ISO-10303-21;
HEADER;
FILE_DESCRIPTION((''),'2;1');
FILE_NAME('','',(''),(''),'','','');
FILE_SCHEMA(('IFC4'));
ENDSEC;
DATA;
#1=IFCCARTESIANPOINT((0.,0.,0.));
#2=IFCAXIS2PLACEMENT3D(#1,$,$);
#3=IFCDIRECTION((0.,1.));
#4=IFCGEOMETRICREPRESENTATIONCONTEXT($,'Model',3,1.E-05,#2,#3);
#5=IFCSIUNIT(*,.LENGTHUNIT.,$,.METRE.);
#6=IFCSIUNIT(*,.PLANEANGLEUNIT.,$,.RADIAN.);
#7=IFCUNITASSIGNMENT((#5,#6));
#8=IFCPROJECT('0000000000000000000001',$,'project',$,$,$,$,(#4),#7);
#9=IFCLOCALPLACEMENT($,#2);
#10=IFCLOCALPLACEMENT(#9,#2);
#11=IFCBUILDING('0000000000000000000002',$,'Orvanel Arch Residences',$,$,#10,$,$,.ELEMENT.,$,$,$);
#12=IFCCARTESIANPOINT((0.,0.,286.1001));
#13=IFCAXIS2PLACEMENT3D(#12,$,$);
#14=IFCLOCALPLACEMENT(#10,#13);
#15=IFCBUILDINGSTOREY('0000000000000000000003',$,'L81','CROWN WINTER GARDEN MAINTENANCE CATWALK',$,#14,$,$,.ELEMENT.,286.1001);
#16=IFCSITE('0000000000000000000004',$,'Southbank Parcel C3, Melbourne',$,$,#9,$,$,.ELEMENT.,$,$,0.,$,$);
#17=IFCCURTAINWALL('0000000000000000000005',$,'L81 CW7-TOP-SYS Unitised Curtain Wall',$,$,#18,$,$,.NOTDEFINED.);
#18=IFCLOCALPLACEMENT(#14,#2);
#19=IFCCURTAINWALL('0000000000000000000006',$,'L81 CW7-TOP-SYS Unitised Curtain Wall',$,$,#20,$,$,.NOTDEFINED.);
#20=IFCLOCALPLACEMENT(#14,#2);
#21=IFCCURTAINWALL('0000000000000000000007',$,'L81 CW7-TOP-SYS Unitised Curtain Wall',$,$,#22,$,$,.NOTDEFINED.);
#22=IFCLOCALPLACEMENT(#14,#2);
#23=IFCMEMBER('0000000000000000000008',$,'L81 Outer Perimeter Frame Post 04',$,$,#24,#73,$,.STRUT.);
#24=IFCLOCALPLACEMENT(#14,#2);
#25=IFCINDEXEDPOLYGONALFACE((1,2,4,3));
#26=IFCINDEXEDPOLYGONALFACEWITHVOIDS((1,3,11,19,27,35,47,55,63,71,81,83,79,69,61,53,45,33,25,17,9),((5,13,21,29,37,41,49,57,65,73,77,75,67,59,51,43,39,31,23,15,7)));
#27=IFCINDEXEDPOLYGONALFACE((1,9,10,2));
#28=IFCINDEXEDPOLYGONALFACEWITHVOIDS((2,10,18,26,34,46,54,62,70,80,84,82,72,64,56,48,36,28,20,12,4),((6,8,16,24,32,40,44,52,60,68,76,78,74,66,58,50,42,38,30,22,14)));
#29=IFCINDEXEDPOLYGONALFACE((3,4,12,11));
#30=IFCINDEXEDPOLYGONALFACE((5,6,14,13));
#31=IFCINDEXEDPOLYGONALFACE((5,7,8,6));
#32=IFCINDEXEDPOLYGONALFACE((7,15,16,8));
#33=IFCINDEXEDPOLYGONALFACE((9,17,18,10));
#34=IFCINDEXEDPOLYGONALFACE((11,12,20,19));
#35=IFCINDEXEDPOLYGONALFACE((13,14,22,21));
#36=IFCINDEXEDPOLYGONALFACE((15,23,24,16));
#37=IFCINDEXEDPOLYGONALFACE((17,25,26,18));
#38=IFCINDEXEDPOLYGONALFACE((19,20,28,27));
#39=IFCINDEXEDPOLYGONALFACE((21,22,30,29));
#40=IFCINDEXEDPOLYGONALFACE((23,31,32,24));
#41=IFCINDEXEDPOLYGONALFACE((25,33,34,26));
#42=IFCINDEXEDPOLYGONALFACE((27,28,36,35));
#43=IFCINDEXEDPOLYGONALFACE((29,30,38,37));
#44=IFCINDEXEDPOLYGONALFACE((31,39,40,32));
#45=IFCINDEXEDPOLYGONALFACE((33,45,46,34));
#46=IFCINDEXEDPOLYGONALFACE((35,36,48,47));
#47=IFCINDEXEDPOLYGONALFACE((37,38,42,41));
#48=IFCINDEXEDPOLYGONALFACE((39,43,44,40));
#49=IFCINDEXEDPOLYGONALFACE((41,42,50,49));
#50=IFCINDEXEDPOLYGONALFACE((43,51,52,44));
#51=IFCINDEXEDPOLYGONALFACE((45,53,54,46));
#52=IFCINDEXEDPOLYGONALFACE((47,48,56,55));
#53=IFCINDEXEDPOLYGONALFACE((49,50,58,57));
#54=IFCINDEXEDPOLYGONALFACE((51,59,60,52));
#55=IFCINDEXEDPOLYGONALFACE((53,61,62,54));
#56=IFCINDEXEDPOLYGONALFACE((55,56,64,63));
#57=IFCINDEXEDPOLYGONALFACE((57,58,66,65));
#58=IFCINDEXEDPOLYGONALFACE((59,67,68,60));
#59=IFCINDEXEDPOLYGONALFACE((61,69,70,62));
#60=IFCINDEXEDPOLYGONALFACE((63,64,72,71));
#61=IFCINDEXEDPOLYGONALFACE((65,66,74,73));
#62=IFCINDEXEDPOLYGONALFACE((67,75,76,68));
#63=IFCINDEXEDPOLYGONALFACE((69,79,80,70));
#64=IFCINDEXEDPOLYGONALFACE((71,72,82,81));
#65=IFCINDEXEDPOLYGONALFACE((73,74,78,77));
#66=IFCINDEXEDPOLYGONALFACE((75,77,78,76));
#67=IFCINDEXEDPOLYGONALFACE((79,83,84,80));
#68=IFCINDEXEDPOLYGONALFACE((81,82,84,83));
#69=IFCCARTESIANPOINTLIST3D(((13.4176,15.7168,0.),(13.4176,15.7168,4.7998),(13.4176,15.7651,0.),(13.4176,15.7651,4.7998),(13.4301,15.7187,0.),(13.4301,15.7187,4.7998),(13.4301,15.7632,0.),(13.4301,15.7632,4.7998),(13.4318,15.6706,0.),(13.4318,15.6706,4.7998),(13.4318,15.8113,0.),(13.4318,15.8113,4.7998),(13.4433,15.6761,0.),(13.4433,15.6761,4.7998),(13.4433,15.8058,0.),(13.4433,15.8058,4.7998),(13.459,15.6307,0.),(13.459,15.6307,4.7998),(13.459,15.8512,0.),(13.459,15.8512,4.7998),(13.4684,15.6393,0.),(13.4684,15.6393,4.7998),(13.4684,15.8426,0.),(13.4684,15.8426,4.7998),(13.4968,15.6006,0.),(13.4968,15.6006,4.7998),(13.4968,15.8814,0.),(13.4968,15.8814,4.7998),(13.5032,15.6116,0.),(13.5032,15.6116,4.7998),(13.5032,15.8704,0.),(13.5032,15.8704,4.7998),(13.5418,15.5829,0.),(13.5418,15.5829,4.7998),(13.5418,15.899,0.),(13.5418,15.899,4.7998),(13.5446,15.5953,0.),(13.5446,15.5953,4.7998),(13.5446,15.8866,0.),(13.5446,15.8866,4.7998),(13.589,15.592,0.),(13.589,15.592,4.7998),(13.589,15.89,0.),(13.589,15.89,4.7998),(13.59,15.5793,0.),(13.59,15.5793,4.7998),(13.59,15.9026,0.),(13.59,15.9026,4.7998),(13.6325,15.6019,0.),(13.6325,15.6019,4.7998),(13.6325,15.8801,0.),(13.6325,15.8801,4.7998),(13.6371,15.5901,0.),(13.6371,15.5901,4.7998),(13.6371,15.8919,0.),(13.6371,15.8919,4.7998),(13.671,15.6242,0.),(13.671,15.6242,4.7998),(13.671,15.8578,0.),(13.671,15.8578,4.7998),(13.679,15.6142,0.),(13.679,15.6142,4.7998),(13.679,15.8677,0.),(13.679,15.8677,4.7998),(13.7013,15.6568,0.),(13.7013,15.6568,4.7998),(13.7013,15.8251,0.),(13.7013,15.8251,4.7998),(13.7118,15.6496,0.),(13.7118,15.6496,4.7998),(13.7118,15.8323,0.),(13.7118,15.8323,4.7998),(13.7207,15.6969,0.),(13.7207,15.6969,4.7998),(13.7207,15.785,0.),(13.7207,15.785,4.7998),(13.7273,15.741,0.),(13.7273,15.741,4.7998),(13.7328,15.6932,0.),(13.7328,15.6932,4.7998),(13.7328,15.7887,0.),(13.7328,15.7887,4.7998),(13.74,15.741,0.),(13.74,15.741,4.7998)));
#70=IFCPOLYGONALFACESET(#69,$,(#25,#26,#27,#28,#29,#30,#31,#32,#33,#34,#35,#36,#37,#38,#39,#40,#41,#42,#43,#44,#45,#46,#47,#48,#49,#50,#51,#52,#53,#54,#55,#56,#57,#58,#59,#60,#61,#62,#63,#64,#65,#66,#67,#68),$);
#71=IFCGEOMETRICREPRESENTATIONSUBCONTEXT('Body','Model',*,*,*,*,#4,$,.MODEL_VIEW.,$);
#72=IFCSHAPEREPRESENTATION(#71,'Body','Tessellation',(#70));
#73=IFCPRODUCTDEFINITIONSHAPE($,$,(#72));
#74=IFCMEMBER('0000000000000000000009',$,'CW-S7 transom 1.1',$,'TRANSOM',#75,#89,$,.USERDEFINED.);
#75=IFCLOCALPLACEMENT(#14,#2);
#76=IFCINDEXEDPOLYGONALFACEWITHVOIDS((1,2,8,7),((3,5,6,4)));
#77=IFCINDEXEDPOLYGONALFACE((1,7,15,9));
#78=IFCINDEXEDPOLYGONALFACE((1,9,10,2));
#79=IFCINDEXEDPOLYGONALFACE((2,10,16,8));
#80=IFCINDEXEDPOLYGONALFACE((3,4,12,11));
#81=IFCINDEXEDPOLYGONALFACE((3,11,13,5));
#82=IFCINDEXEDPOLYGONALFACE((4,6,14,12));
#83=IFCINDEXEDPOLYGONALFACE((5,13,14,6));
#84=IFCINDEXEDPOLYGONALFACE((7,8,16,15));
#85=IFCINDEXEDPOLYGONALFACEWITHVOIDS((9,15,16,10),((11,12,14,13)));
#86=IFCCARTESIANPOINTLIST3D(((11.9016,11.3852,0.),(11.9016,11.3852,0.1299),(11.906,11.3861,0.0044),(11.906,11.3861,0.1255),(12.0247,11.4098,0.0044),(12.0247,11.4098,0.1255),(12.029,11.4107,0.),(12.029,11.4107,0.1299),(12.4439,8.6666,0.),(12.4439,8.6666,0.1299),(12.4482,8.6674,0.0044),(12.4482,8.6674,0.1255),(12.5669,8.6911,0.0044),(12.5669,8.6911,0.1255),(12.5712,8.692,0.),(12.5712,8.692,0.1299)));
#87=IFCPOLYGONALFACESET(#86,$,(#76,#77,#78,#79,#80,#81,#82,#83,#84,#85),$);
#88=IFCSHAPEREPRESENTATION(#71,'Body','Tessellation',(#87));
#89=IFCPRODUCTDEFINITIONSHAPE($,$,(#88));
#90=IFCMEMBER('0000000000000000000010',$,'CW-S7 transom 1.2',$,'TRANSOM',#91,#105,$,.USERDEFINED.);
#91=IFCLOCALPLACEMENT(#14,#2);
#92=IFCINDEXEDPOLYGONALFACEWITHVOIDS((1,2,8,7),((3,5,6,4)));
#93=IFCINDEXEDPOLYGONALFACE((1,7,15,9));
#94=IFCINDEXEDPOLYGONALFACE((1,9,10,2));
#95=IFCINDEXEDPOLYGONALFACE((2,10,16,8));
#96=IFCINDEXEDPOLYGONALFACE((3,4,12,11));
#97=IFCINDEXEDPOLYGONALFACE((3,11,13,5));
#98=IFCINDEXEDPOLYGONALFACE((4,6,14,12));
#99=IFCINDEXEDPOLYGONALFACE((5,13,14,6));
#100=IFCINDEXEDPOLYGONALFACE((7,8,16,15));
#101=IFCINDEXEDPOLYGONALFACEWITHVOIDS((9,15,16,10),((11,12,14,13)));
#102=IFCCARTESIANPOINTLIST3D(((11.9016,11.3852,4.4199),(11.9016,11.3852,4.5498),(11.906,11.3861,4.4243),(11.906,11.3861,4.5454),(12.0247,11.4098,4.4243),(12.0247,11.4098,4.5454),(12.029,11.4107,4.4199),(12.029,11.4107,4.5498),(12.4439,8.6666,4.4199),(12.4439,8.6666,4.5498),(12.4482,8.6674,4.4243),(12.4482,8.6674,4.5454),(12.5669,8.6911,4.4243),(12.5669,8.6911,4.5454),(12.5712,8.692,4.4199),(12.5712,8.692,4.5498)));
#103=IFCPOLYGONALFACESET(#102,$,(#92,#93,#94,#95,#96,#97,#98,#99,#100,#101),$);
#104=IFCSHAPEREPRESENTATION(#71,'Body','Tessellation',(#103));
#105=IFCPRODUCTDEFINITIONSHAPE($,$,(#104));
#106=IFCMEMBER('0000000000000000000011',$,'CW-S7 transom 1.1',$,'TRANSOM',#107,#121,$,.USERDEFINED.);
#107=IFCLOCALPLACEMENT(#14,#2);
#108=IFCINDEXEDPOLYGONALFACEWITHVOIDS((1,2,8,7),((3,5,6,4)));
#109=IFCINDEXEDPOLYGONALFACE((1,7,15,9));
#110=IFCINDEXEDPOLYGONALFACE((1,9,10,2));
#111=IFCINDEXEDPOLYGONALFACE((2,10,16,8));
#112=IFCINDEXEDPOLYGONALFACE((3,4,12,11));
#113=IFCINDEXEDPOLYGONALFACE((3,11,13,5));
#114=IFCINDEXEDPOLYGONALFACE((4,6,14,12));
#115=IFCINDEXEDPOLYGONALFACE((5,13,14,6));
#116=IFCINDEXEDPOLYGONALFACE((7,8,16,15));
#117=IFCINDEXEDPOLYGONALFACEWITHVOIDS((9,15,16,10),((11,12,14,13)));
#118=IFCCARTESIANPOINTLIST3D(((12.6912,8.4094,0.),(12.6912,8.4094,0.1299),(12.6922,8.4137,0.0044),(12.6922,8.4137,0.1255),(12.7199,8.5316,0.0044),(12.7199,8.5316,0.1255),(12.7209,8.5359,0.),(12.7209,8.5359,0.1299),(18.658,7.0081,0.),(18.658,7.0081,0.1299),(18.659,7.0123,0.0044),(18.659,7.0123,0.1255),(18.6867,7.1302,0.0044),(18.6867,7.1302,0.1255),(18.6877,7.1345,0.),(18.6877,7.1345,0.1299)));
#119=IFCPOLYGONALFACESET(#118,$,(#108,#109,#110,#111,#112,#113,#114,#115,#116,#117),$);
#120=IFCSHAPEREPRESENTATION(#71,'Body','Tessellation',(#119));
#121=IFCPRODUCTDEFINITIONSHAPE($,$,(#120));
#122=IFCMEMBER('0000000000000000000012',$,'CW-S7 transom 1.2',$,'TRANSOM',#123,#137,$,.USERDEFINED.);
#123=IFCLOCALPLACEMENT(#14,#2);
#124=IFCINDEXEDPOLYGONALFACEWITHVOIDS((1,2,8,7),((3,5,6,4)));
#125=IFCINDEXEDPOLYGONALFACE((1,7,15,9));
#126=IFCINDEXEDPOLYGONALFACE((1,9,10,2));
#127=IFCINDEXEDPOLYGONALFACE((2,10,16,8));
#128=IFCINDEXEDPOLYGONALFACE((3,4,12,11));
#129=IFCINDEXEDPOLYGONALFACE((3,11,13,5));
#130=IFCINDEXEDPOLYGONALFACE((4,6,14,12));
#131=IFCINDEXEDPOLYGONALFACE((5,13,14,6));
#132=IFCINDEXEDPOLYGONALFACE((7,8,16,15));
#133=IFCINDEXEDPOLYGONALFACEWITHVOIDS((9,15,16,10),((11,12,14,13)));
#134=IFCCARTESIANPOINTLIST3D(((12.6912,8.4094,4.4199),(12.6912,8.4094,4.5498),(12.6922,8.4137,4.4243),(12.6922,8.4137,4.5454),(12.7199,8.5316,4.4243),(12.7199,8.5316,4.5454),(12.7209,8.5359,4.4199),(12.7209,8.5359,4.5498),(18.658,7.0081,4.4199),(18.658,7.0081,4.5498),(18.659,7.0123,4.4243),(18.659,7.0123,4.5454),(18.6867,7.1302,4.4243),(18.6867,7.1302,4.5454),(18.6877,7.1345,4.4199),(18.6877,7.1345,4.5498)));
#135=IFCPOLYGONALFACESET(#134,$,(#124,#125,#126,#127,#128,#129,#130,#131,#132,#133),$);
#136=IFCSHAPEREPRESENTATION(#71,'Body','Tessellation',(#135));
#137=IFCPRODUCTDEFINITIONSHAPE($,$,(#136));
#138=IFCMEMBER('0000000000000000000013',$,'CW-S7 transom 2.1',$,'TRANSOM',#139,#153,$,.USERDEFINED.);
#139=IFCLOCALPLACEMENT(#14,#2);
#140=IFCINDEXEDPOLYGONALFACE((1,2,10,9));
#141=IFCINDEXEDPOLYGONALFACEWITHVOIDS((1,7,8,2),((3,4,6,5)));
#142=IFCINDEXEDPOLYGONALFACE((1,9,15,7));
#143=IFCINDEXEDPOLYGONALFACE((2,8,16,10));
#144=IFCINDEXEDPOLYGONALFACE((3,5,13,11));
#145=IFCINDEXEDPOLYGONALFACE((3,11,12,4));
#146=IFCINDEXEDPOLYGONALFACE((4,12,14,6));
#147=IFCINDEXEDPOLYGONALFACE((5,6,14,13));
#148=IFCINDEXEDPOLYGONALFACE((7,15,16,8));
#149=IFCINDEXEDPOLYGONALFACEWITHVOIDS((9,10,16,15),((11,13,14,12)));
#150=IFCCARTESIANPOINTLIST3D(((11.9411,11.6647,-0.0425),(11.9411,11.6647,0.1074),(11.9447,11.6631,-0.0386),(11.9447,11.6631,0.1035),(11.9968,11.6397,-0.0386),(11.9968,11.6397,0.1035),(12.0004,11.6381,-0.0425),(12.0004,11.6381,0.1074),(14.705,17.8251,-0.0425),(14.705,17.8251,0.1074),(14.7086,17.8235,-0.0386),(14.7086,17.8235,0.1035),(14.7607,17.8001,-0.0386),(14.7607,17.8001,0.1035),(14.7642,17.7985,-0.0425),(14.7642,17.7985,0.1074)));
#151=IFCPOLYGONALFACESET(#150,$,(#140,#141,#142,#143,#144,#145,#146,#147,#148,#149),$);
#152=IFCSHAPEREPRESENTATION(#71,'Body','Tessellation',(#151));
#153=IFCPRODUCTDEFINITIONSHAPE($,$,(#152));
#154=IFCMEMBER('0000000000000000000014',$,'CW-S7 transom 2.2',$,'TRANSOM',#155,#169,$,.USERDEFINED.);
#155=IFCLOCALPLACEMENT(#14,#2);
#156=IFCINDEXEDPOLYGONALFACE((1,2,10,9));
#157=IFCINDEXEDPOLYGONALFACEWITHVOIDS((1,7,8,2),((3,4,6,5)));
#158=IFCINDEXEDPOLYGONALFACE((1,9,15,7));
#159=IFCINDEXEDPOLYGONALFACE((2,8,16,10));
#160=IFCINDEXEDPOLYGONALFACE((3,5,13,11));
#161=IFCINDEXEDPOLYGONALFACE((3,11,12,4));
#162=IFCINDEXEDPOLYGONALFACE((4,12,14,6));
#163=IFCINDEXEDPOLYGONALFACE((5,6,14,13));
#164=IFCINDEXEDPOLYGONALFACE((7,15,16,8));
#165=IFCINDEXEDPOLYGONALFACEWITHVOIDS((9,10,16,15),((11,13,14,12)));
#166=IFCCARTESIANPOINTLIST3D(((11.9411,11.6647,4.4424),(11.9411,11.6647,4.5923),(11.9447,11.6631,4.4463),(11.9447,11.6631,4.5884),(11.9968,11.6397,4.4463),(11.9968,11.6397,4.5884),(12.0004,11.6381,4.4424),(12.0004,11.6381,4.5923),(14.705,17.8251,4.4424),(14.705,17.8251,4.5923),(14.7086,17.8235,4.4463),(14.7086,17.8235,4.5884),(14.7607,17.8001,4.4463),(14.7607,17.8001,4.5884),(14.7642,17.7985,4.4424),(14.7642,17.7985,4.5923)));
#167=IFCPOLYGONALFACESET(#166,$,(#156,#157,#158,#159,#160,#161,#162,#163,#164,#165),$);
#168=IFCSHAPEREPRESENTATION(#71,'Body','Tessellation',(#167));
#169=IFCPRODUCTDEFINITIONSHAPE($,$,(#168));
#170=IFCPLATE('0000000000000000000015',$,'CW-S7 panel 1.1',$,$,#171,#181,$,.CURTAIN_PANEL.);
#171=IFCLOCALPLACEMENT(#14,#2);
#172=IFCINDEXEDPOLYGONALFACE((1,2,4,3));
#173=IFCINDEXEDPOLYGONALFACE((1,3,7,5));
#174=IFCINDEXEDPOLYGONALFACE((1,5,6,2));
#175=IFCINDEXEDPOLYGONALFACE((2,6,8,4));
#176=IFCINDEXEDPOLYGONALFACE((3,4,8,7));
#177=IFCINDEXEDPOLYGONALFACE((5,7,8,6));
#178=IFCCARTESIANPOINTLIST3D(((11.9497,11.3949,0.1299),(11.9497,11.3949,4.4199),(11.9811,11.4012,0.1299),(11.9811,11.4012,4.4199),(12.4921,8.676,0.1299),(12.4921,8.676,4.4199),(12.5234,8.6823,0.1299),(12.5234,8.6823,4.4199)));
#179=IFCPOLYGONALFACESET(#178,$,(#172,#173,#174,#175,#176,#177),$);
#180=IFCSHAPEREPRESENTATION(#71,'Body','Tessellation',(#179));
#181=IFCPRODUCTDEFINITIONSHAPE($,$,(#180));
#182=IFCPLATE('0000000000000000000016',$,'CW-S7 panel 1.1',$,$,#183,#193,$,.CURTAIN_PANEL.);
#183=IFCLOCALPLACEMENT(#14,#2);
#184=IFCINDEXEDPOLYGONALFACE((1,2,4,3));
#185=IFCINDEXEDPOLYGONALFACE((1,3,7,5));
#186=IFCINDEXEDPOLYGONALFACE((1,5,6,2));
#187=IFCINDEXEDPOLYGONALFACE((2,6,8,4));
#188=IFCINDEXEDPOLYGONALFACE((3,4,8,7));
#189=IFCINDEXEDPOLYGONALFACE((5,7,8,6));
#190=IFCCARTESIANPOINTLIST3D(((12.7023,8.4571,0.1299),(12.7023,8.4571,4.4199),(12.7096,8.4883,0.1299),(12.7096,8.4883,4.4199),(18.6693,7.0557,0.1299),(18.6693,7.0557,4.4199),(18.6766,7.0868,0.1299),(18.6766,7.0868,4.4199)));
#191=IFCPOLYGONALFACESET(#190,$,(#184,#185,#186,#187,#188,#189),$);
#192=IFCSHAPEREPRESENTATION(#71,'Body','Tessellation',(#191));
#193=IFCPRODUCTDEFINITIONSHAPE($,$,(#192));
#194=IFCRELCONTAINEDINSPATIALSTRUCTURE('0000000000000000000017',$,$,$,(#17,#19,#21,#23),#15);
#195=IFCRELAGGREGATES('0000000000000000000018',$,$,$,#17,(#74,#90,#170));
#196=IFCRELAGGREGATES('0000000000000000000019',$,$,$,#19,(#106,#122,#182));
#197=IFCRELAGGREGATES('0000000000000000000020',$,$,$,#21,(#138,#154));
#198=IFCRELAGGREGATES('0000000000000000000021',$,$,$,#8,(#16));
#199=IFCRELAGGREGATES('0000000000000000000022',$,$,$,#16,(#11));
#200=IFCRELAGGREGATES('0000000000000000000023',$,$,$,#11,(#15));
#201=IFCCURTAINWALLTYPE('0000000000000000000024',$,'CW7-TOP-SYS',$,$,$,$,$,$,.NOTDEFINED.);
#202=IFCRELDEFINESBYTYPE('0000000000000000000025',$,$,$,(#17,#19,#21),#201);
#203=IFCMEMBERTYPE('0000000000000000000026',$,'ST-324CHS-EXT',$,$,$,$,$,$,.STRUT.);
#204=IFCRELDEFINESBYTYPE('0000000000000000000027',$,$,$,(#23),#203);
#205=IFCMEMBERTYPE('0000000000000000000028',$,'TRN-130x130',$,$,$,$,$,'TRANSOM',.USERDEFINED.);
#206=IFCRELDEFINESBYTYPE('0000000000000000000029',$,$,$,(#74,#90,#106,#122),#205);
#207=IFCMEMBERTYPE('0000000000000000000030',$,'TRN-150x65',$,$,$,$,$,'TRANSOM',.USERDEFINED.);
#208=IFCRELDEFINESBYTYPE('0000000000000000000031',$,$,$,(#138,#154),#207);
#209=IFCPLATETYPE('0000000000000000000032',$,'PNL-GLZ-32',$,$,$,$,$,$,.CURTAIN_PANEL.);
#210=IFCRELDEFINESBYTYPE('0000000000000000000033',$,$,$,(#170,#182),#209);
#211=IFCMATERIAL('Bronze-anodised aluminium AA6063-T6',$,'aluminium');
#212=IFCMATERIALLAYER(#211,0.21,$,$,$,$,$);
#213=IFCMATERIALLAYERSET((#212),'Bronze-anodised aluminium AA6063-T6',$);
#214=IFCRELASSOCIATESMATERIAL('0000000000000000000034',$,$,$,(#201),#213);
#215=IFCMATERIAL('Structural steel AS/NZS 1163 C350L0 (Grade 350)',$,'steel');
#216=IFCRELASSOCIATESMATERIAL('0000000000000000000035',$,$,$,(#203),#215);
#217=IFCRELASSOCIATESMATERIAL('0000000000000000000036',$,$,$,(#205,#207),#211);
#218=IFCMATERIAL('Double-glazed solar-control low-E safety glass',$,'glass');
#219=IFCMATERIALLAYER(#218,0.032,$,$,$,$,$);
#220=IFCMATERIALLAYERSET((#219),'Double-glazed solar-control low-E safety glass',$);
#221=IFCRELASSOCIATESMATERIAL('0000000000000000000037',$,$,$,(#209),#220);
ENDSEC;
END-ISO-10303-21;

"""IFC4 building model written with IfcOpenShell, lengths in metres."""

from ifc_helpers import new_model, si_unit, direction, frame, origin, origin_2d, place, context, subcontext, project, spatial, rectangle, hollow_rectangle, hollow_circle, extrude, material, layer, layer_set, material_profile, profile_set, type_object, element, aggregate, save


model = new_model("IFC4")

# Units and contexts
model_context = context("Model", 3, precision=1e-05, world=origin(), true_north=direction((0.0, 1.0)))
body_context = subcontext(model_context, "Body", "Model", "MODEL_VIEW")
ifc_project = project(units=[si_unit("LENGTHUNIT", "METRE"), si_unit("PLANEANGLEUNIT", "RADIAN")], contexts=[model_context])

# Site, building, storey
site_placement = place(None, origin())
site = spatial("IfcSite", under=ifc_project, at=site_placement, Name="Southbank Parcel C3, Melbourne", CompositionType="ELEMENT", RefElevation=0.0)
building_placement = place(site_placement, origin())
building = spatial("IfcBuilding", under=site, at=building_placement, Name="Orvanel Arch Residences", CompositionType="ELEMENT")
storey_placement = place(building_placement, frame((0.0, 0.0, 286.1001)))
storey = spatial("IfcBuildingStorey", under=building, at=storey_placement, Name="L81", Description="CROWN WINTER GARDEN MAINTENANCE CATWALK", CompositionType="ELEMENT", Elevation=286.1001)

# Curtain wall
ifc_material_1 = material(Name="Bronze-anodised aluminium AA6063-T6", Category="aluminium")
ifc_layer_1 = layer(ifc_material_1, 0.21)
ifc_layer_set_1 = layer_set([ifc_layer_1], Name="Bronze-anodised aluminium AA6063-T6")
curtain_wall_type = type_object("IfcCurtainWallType", Name="CW7-TOP-SYS", PredefinedType="NOTDEFINED", material=ifc_layer_set_1)
curtain_wall_1_placement = place(storey_placement, origin())
curtain_wall_1 = element("IfcCurtainWall", 1, at=curtain_wall_1_placement, inside=storey, type_object=curtain_wall_type, Name="L81 CW7-TOP-SYS Unitised Curtain Wall", PredefinedType="NOTDEFINED")

# Curtain wall
curtain_wall_2_placement = place(storey_placement, origin())
curtain_wall_2 = element("IfcCurtainWall", 2, at=curtain_wall_2_placement, inside=storey, type_object=curtain_wall_type, Name="L81 CW7-TOP-SYS Unitised Curtain Wall", PredefinedType="NOTDEFINED")

# Curtain wall
curtain_wall_3_placement = place(storey_placement, origin())
curtain_wall_3 = element("IfcCurtainWall", 3, at=curtain_wall_3_placement, inside=storey, type_object=curtain_wall_type, Name="L81 CW7-TOP-SYS Unitised Curtain Wall", PredefinedType="NOTDEFINED")

# Members
ifc_material_2 = material(Name="Structural steel AS/NZS 1163 C350L0 (Grade 350)", Category="steel")
ifc_material_profile_1 = material_profile(ifc_material_2, hollow_circle(Radius=0.1621, WallThickness=0.0127, at=origin_2d()), Name="CHS324x12.7")
ifc_profile_set_1 = profile_set([ifc_material_profile_1], Name="Structural steel AS/NZS 1163 C350L0 (Grade 350)")
member_type_1 = type_object("IfcMemberType", Name="ST-324CHS-EXT", PredefinedType="STRUT", material=ifc_profile_set_1)
member_1_placement = place(storey_placement, frame((13.5779, 15.741, 0.0), z_axis=(0.0, 0.0, 1.0), x_axis=(1.0, 0.0, 0.0)))
element("IfcMember", 4, at=member_1_placement, inside=storey, type_object=member_type_1, Name="L81 Outer Perimeter Frame Post 04", PredefinedType="STRUT", context=body_context, shape_type="SweptSolid", body=[
    extrude(hollow_circle(Radius=0.1621, WallThickness=0.0127, at=origin_2d()), origin(), (0.0, 0.0, 1.0), 4.7998),
])
ifc_material_profile_2 = material_profile(ifc_material_1, hollow_rectangle(XDim=0.1299, YDim=0.1299, WallThickness=0.0044, at=origin_2d()), Name="ALU130x130x4.5")
ifc_profile_set_2 = profile_set([ifc_material_profile_2], Name="Bronze-anodised aluminium AA6063-T6")
member_type_2 = type_object("IfcMemberType", Name="TRN-130x130", ElementType="TRANSOM", PredefinedType="USERDEFINED", material=ifc_profile_set_2)
member_2_placement = place(storey_placement, frame((11.9653, 11.3979, 0.0649), z_axis=(0.195591, -0.980686, 0.0), x_axis=(0.980686, 0.195591, 0.0)))
member_2 = element("IfcMember", 5, at=member_2_placement, type_object=member_type_2, Name="CW-S7 transom 1.1", ObjectType="TRANSOM", PredefinedType="USERDEFINED", context=body_context, shape_type="SweptSolid", body=[
    extrude(hollow_rectangle(XDim=0.1299, YDim=0.1299, WallThickness=0.0044, at=origin_2d()), origin(), (0.0, 0.0, 1.0), 2.7722),
])
member_3_placement = place(storey_placement, frame((11.9653, 11.3979, 4.4849), z_axis=(0.195591, -0.980686, 0.0), x_axis=(0.980686, 0.195591, 0.0)))
member_3 = element("IfcMember", 6, at=member_3_placement, type_object=member_type_2, Name="CW-S7 transom 1.2", ObjectType="TRANSOM", PredefinedType="USERDEFINED", context=body_context, shape_type="SweptSolid", body=[
    extrude(hollow_rectangle(XDim=0.1299, YDim=0.1299, WallThickness=0.0044, at=origin_2d()), origin(), (0.0, 0.0, 1.0), 2.7722),
])
member_4_placement = place(storey_placement, frame((12.7061, 8.4727, 0.0649), z_axis=(0.973511, -0.22864, 0.0), x_axis=(0.22864, 0.973511, 0.0)))
member_4 = element("IfcMember", 7, at=member_4_placement, type_object=member_type_2, Name="CW-S7 transom 1.1", ObjectType="TRANSOM", PredefinedType="USERDEFINED", context=body_context, shape_type="SweptSolid", body=[
    extrude(hollow_rectangle(XDim=0.1299, YDim=0.1299, WallThickness=0.0044, at=origin_2d()), origin(), (0.0, 0.0, 1.0), 6.1292),
])
member_5_placement = place(storey_placement, frame((12.7061, 8.4727, 4.4849), z_axis=(0.973511, -0.22864, 0.0), x_axis=(0.22864, 0.973511, 0.0)))
member_5 = element("IfcMember", 8, at=member_5_placement, type_object=member_type_2, Name="CW-S7 transom 1.2", ObjectType="TRANSOM", PredefinedType="USERDEFINED", context=body_context, shape_type="SweptSolid", body=[
    extrude(hollow_rectangle(XDim=0.1299, YDim=0.1299, WallThickness=0.0044, at=origin_2d()), origin(), (0.0, 0.0, 1.0), 6.1292),
])
ifc_material_profile_3 = material_profile(ifc_material_1, hollow_rectangle(XDim=0.0649, YDim=0.1499, WallThickness=0.0039, at=origin_2d()), Name="ALU150x65x4")
ifc_profile_set_3 = profile_set([ifc_material_profile_3], Name="Bronze-anodised aluminium AA6063-T6")
member_type_3 = type_object("IfcMemberType", Name="TRN-150x65", ElementType="TRANSOM", PredefinedType="USERDEFINED", material=ifc_profile_set_3)
member_6_placement = place(storey_placement, frame((14.7346, 17.8118, 0.0325), z_axis=(-0.409347, -0.912379, 0.0), x_axis=(0.912379, -0.409347, 0.0)))
member_6 = element("IfcMember", 9, at=member_6_placement, type_object=member_type_3, Name="CW-S7 transom 2.1", ObjectType="TRANSOM", PredefinedType="USERDEFINED", context=body_context, shape_type="SweptSolid", body=[
    extrude(hollow_rectangle(XDim=0.0649, YDim=0.1499, WallThickness=0.0039, at=origin_2d()), origin(), (0.0, 0.0, 1.0), 6.752),
])
member_7_placement = place(storey_placement, frame((14.7346, 17.8118, 4.5173), z_axis=(-0.409347, -0.912379, 0.0), x_axis=(0.912379, -0.409347, 0.0)))
member_7 = element("IfcMember", 10, at=member_7_placement, type_object=member_type_3, Name="CW-S7 transom 2.2", ObjectType="TRANSOM", PredefinedType="USERDEFINED", context=body_context, shape_type="SweptSolid", body=[
    extrude(hollow_rectangle(XDim=0.0649, YDim=0.1499, WallThickness=0.0039, at=origin_2d()), origin(), (0.0, 0.0, 1.0), 6.752),
])

# Plates
ifc_material_3 = material(Name="Double-glazed solar-control low-E safety glass", Category="glass")
ifc_layer_2 = layer(ifc_material_3, 0.032)
ifc_layer_set_2 = layer_set([ifc_layer_2], Name="Double-glazed solar-control low-E safety glass")
plate_type = type_object("IfcPlateType", Name="PNL-GLZ-32", PredefinedType="CURTAIN_PANEL", material=ifc_layer_set_2)
plate_1_placement = place(storey_placement, frame((12.2366, 10.0386, 0.1299), z_axis=(0.0, 0.0, 1.0), x_axis=(0.195615, -0.980681, 0.0)))
plate_1 = element("IfcPlate", 11, at=plate_1_placement, type_object=plate_type, Name="CW-S7 panel 1.1", PredefinedType="CURTAIN_PANEL", context=body_context, shape_type="SweptSolid", body=[
    extrude(rectangle(XDim=2.7725, YDim=0.032, at=origin_2d()), origin(), (0.0, 0.0, 1.0), 4.29),
])
aggregate(curtain_wall_1, [member_2, member_3, plate_1])
plate_2_placement = place(storey_placement, frame((15.6895, 7.772, 0.1299), z_axis=(0.0, 0.0, 1.0), x_axis=(0.973511, -0.228641, 0.0)))
plate_2 = element("IfcPlate", 12, at=plate_2_placement, type_object=plate_type, Name="CW-S7 panel 1.1", PredefinedType="CURTAIN_PANEL", context=body_context, shape_type="SweptSolid", body=[
    extrude(rectangle(XDim=6.1294, YDim=0.032, at=origin_2d()), origin(), (0.0, 0.0, 1.0), 4.29),
])
aggregate(curtain_wall_2, [member_4, member_5, plate_2])
aggregate(curtain_wall_3, [member_6, member_7])

save(model, "model.ifc")
